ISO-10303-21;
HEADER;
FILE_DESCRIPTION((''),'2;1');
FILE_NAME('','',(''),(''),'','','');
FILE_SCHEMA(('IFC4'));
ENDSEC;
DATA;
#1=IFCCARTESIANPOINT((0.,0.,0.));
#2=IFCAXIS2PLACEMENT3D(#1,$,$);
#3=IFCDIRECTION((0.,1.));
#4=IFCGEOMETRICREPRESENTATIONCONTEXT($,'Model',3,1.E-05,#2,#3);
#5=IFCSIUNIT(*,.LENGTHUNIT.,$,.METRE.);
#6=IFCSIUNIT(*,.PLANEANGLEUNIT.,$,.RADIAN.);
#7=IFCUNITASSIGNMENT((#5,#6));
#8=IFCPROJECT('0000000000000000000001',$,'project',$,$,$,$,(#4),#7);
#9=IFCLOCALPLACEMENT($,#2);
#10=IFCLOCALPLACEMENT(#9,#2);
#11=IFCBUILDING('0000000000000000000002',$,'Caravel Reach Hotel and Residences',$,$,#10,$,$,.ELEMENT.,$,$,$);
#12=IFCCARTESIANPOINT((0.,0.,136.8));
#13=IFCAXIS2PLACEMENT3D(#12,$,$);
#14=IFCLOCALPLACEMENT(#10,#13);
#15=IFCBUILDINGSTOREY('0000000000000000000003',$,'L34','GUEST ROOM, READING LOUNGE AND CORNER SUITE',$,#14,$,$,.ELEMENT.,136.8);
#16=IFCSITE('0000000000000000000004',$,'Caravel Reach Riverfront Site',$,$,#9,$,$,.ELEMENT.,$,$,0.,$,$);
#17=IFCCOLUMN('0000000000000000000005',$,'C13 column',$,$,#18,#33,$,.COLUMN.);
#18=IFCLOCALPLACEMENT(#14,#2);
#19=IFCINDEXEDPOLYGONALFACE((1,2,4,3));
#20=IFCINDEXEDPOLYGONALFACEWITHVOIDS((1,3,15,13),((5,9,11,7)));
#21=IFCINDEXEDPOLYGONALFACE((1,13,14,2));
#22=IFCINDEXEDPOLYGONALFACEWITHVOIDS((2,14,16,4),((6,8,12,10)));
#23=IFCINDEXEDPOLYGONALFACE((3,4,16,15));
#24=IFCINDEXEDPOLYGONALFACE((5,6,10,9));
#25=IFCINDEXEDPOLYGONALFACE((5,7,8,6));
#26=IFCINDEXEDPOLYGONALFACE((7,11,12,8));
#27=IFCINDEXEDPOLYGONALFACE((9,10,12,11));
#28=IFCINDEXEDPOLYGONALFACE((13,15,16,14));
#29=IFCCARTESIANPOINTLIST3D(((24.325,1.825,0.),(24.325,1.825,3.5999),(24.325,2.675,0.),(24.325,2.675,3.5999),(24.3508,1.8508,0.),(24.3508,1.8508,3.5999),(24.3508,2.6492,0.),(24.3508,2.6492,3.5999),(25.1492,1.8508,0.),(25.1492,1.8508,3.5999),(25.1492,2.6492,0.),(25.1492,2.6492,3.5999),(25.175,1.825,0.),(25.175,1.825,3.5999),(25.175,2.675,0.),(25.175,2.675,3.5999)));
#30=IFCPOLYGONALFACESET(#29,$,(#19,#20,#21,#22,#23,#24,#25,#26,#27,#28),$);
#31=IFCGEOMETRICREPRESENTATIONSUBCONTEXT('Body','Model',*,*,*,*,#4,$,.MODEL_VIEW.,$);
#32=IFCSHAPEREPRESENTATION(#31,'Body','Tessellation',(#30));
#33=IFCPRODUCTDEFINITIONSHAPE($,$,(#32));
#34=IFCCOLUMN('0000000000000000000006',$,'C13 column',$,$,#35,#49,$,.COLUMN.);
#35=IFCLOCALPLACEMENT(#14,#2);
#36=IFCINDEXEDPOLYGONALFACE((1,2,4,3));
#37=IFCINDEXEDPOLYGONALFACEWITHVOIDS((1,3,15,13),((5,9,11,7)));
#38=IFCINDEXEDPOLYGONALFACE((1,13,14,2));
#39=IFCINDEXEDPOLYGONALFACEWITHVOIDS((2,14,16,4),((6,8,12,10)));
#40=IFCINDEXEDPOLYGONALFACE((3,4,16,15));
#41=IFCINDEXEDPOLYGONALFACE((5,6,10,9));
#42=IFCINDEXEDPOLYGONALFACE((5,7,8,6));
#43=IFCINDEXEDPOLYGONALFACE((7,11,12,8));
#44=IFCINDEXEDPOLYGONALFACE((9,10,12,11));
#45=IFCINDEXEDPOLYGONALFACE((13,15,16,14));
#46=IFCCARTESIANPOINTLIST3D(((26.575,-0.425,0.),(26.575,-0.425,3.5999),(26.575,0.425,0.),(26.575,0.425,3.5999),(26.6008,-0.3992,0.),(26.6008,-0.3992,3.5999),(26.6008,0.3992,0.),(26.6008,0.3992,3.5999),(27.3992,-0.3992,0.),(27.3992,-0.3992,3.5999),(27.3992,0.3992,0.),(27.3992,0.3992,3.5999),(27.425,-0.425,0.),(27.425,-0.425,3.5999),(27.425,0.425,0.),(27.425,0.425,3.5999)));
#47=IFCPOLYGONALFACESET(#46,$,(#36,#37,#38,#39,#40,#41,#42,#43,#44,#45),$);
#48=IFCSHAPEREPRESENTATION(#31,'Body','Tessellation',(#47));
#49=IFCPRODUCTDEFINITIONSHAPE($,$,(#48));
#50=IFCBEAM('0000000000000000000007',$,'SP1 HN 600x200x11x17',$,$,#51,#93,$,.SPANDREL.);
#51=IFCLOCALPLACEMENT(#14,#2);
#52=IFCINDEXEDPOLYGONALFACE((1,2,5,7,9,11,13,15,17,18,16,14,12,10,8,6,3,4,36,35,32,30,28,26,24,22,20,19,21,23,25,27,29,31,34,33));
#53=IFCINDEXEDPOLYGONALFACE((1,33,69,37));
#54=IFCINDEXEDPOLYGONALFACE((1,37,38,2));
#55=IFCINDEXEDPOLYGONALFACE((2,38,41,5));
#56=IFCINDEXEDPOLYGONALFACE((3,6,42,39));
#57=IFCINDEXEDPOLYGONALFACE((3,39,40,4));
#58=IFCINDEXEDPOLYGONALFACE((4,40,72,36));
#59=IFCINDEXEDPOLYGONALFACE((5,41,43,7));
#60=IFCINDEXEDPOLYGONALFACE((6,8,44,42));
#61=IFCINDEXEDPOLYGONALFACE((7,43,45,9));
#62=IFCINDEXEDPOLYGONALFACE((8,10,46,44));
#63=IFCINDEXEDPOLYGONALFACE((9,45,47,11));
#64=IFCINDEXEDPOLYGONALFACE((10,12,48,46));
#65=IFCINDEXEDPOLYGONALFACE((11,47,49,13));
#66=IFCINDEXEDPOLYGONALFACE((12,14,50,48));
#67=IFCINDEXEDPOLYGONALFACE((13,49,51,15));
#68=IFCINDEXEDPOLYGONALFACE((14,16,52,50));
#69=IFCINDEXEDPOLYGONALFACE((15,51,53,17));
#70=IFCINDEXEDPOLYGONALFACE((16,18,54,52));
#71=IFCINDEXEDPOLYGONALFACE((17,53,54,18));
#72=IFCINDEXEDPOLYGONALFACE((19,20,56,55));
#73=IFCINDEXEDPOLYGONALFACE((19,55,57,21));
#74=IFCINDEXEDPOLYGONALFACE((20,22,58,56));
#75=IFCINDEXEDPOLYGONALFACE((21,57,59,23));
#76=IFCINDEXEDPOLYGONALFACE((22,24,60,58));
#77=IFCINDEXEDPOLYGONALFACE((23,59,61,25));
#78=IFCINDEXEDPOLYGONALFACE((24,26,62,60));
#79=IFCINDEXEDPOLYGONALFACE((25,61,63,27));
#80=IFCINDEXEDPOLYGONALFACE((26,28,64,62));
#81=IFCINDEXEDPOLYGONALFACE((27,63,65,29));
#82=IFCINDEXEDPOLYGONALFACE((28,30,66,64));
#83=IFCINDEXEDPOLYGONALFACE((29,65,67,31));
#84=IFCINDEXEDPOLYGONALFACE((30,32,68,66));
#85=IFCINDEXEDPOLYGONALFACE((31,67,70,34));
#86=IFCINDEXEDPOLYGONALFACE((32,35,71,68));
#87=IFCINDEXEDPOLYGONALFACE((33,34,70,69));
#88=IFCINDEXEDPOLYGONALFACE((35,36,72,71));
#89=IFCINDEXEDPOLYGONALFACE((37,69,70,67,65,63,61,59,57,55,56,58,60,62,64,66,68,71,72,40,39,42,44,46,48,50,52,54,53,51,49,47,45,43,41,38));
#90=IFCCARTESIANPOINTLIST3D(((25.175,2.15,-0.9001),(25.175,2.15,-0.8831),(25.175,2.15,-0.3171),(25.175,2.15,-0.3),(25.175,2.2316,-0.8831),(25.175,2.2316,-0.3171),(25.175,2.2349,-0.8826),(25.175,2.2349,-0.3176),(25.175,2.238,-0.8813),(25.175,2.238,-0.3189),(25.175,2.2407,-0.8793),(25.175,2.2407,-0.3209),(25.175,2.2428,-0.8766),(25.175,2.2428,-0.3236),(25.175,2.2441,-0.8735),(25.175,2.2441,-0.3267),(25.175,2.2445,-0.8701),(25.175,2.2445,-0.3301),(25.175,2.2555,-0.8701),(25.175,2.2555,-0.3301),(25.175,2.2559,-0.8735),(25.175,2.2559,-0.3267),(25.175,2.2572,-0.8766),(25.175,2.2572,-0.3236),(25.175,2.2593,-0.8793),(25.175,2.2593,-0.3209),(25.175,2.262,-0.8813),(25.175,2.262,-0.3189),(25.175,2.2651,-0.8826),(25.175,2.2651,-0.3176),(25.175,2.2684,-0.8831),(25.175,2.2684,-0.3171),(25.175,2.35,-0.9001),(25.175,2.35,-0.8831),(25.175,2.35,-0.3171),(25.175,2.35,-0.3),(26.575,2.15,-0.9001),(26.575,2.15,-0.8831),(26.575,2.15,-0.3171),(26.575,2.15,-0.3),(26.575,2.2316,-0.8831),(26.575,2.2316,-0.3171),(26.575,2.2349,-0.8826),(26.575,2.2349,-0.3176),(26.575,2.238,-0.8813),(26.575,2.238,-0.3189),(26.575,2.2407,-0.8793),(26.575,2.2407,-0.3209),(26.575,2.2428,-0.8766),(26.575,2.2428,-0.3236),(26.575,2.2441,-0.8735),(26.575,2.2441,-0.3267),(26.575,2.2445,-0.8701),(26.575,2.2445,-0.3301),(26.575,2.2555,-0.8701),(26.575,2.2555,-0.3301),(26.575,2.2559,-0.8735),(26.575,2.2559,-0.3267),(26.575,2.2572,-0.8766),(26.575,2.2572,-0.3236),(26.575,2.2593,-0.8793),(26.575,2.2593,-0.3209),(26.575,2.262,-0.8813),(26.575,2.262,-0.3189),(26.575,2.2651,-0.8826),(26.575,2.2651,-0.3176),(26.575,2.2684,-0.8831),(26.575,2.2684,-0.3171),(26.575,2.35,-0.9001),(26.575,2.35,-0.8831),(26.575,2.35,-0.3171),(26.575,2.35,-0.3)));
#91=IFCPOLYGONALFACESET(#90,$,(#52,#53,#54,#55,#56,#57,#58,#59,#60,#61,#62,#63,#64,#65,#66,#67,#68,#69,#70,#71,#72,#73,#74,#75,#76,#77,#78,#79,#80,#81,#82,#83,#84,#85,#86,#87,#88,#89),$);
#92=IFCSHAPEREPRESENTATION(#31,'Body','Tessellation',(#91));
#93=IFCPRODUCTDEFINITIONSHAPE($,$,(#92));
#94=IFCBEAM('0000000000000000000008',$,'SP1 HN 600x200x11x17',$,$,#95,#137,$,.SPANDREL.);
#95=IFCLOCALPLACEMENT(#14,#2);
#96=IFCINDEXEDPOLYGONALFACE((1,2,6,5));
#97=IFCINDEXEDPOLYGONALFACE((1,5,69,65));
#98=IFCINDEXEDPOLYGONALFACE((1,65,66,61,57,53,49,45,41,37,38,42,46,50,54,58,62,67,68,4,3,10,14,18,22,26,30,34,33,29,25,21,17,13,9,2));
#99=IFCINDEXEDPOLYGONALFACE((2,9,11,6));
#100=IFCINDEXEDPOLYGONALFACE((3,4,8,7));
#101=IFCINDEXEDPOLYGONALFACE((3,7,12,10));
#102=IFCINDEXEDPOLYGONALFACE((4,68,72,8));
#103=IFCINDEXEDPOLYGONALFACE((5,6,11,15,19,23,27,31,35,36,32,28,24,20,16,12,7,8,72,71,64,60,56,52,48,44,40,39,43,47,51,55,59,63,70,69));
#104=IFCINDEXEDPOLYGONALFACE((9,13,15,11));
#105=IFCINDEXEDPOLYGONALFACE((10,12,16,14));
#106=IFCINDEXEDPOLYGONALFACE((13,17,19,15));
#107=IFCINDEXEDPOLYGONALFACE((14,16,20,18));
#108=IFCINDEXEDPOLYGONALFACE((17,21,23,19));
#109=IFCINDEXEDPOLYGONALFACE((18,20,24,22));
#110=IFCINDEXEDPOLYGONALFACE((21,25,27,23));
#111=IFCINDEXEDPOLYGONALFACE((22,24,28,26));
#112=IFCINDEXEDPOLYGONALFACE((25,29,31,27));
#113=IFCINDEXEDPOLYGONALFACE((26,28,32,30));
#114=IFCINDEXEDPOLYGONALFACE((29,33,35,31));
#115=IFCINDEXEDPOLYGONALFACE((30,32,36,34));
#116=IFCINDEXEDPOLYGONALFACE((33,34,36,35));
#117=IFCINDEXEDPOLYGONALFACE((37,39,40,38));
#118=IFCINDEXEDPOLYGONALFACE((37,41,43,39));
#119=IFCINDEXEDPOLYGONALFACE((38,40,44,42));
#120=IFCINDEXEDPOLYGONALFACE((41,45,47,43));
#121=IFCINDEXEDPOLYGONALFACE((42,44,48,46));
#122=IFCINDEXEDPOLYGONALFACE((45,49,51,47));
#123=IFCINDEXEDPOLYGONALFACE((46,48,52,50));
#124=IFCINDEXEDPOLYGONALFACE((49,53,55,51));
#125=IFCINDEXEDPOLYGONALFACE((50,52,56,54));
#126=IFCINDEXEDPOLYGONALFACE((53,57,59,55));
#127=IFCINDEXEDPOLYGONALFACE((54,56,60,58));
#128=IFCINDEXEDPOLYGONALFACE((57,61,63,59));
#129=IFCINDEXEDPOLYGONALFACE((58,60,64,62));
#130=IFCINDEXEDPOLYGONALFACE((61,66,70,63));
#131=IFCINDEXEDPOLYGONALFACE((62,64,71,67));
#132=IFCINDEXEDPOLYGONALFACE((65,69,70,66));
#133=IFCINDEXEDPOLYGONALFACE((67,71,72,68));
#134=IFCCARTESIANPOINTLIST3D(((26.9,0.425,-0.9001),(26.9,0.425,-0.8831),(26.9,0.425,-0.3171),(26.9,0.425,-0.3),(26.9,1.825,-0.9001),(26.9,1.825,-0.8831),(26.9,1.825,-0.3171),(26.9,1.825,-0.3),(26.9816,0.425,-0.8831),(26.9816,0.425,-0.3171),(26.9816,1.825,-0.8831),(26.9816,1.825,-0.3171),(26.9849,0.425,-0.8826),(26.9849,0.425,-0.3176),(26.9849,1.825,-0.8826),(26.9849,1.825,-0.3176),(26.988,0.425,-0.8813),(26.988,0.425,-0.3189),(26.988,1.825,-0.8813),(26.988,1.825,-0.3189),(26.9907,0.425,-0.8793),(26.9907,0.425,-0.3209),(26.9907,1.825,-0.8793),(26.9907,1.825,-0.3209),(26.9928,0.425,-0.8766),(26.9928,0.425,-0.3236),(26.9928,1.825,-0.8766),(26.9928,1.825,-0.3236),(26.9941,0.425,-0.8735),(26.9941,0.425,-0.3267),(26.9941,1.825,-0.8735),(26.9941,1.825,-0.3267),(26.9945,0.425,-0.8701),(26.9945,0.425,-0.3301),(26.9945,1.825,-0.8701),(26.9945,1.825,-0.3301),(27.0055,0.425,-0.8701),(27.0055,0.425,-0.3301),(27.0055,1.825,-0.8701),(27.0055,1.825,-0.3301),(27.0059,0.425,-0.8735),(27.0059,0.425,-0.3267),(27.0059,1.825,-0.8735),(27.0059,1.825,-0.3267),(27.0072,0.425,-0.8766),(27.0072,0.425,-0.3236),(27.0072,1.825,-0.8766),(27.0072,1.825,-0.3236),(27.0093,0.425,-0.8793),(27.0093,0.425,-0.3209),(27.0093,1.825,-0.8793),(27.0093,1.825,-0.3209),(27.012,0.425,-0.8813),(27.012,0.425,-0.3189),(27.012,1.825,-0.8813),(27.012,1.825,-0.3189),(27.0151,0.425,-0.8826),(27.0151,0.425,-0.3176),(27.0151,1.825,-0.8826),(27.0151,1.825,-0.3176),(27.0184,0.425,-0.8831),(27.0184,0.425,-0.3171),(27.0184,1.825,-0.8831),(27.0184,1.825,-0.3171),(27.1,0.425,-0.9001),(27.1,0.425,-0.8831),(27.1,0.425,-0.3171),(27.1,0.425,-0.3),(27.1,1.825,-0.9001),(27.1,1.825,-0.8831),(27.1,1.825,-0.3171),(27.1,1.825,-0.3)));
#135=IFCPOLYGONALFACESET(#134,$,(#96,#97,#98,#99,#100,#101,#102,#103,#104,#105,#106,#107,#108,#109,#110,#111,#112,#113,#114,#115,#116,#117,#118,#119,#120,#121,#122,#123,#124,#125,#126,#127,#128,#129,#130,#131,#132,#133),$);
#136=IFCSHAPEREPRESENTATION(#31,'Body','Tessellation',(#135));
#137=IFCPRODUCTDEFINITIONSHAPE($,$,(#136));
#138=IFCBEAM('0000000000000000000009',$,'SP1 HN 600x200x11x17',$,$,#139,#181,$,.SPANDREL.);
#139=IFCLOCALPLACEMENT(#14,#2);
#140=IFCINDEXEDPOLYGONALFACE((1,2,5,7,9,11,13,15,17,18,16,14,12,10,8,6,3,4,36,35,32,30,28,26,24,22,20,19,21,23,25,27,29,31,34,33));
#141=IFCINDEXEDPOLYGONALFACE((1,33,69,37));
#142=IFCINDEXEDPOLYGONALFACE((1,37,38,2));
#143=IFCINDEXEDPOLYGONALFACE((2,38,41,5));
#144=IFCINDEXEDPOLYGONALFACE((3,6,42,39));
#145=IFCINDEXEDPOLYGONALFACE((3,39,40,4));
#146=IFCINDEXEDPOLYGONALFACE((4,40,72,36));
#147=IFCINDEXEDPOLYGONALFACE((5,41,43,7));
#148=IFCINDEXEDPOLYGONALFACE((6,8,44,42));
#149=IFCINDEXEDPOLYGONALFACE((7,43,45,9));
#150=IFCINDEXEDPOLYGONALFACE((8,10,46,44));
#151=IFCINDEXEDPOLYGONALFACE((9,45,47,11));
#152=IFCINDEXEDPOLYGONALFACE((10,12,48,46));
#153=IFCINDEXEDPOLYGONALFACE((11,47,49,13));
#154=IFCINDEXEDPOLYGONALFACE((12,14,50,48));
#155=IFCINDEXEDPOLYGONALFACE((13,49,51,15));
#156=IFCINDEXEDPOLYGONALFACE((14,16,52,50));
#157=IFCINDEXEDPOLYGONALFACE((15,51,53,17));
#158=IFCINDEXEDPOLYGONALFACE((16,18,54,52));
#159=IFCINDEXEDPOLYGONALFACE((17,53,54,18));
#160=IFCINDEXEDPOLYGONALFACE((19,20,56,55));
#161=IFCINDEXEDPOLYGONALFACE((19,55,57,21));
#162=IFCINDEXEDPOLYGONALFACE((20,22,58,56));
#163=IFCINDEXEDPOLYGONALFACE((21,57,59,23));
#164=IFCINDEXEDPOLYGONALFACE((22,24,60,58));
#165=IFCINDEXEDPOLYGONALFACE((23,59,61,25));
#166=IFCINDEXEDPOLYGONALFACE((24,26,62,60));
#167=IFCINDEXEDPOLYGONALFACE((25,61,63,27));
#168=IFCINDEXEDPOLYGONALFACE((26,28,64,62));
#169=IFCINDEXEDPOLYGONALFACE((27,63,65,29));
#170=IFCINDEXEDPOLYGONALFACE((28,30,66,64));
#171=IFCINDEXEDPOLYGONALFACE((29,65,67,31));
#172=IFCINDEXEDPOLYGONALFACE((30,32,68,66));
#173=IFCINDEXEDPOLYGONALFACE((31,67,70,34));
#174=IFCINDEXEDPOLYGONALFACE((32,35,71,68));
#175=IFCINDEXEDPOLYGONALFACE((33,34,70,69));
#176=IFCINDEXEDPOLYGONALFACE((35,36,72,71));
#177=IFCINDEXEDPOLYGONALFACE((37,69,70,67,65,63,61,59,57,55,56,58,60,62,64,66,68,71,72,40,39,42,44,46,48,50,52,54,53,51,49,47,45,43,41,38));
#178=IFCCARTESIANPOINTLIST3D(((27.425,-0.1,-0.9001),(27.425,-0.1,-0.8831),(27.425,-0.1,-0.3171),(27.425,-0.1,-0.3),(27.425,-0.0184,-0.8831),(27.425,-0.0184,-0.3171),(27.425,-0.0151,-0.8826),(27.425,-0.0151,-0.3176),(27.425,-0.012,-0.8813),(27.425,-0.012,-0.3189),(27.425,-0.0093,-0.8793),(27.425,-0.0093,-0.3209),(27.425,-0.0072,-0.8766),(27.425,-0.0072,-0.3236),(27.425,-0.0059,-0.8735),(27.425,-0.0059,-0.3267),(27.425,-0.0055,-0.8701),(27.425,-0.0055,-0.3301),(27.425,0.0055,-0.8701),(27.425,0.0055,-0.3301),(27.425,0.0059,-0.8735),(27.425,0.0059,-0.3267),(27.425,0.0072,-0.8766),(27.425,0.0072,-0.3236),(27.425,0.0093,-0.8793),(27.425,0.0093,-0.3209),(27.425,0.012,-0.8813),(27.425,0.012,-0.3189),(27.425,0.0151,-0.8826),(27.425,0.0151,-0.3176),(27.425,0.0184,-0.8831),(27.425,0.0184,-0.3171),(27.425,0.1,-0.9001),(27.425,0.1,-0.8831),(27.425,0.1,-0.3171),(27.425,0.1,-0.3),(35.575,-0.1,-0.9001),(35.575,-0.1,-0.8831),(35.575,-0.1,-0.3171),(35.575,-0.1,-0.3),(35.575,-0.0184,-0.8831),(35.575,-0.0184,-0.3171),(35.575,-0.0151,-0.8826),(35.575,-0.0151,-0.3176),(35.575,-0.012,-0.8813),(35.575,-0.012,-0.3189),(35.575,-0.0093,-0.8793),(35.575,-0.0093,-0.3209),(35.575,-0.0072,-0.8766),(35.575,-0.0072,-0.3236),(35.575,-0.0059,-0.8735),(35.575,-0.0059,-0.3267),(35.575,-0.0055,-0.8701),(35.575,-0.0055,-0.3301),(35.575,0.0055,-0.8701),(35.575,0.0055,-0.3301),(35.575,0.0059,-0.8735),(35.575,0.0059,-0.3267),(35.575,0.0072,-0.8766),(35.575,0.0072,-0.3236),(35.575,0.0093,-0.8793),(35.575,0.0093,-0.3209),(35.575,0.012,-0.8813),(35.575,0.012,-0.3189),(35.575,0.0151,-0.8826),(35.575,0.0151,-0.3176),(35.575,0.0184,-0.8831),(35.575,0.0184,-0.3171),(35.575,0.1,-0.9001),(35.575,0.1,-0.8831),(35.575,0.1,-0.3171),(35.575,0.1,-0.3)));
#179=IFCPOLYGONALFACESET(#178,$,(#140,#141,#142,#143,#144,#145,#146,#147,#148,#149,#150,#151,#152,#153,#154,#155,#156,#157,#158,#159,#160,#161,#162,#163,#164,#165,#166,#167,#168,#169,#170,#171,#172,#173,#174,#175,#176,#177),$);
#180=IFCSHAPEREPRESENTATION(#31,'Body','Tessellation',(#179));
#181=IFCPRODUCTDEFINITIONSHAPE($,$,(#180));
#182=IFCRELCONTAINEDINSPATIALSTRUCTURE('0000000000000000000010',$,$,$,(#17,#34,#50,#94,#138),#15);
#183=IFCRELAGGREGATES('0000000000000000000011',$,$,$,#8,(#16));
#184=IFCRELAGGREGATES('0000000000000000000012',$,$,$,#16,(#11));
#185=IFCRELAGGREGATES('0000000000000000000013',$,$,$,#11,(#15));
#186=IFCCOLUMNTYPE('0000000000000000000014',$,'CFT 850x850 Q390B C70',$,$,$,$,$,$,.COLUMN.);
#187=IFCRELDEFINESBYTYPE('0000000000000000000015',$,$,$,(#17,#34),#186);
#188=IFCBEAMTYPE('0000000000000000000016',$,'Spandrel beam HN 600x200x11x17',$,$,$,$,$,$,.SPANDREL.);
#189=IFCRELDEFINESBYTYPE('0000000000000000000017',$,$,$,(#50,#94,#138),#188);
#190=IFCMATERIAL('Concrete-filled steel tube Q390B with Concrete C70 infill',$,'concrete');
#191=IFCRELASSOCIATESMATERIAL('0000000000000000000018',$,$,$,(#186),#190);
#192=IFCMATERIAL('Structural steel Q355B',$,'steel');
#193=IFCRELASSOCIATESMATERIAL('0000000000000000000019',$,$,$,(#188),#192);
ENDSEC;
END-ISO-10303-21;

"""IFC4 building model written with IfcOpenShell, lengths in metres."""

from ifc_helpers import new_model, si_unit, direction, frame, origin, origin_2d, place, context, subcontext, project, spatial, hollow_rectangle, i_section, extrude, material, material_profile, profile_set, type_object, element, save


model = new_model("IFC4")

# Units and contexts
model_context = context("Model", 3, precision=1e-05, world=origin(), true_north=direction((0.0, 1.0)))
body_context = subcontext(model_context, "Body", "Model", "MODEL_VIEW")
ifc_project = project(units=[si_unit("LENGTHUNIT", "METRE"), si_unit("PLANEANGLEUNIT", "RADIAN")], contexts=[model_context])

# Site, building, storey
site_placement = place(None, origin())
site = spatial("IfcSite", under=ifc_project, at=site_placement, Name="Caravel Reach Riverfront Site", CompositionType="ELEMENT", RefElevation=0.0)
building_placement = place(site_placement, origin())
building = spatial("IfcBuilding", under=site, at=building_placement, Name="Caravel Reach Hotel and Residences", CompositionType="ELEMENT")
storey_placement = place(building_placement, frame((0.0, 0.0, 136.8)))
storey = spatial("IfcBuildingStorey", under=building, at=storey_placement, Name="L34", Description="GUEST ROOM, READING LOUNGE AND CORNER SUITE", CompositionType="ELEMENT", Elevation=136.8)

# Columns
ifc_material_1 = material(Name="Concrete-filled steel tube Q390B with Concrete C70 infill", Category="concrete")
ifc_material_profile_1 = material_profile(ifc_material_1, hollow_rectangle(XDim=0.8501, YDim=0.8501, WallThickness=0.0259, at=origin_2d()), Name="RHS 850x850x26")
ifc_profile_set_1 = profile_set([ifc_material_profile_1], Name="Concrete-filled steel tube Q390B with Concrete C70 infill")
column_type = type_object("IfcColumnType", Name="CFT 850x850 Q390B C70", PredefinedType="COLUMN", material=ifc_profile_set_1)
for number, where, z_axis, x_axis, name in (
    (1, (24.75, 2.25, 0.0), (0.0, 0.0, 1.0), (1.0, 0.0, 0.0), "C13 column"),
    (2, (27.0, 0.0, 0.0), (0.0, 0.0, 1.0), (1.0, 0.0, 0.0), "C13 column"),
):
    element("IfcColumn", number, at=place(storey_placement, frame(where, z_axis=z_axis, x_axis=x_axis)), inside=storey, type_object=column_type, Name=name, PredefinedType="COLUMN", context=body_context, shape_type="SweptSolid", body=[
        extrude(hollow_rectangle(XDim=0.8501, YDim=0.8501, WallThickness=0.0259, at=origin_2d()), origin(), (0.0, 0.0, 1.0), 3.5999),
    ])

# Beams
ifc_material_2 = material(Name="Structural steel Q355B", Category="steel")
ifc_material_profile_2 = material_profile(ifc_material_2, i_section(OverallWidth=0.2, OverallDepth=0.6001, WebThickness=0.011, FlangeThickness=0.0171, FilletRadius=0.0129, at=origin_2d()), Name="HN 600x200x11x17")
ifc_profile_set_2 = profile_set([ifc_material_profile_2], Name="Structural steel Q355B")
beam_type = type_object("IfcBeamType", Name="Spandrel beam HN 600x200x11x17", PredefinedType="SPANDREL", material=ifc_profile_set_2)
for number, where, z_axis, x_axis, name in (
    (3, (25.175, 2.25, -0.6001), (1.0, 0.0, 0.0), (0.0, 1.0, 0.0), "SP1 HN 600x200x11x17"),
    (4, (27.0, 1.825, -0.6001), (0.0, -1.0, 0.0), (1.0, 0.0, 0.0), "SP1 HN 600x200x11x17"),
):
    element("IfcBeam", number, at=place(storey_placement, frame(where, z_axis=z_axis, x_axis=x_axis)), inside=storey, type_object=beam_type, Name=name, PredefinedType="SPANDREL", context=body_context, shape_type="SweptSolid", body=[
        extrude(i_section(OverallWidth=0.2, OverallDepth=0.6001, WebThickness=0.011, FlangeThickness=0.0171, FilletRadius=0.0129, at=origin_2d()), origin(), (0.0, 0.0, 1.0), 1.3999),
    ])
beam_placement = place(storey_placement, frame((27.425, 0.0, -0.6001), z_axis=(1.0, 0.0, 0.0), x_axis=(0.0, 1.0, 0.0)))
element("IfcBeam", 5, at=beam_placement, inside=storey, type_object=beam_type, Name="SP1 HN 600x200x11x17", PredefinedType="SPANDREL", context=body_context, shape_type="SweptSolid", body=[
    extrude(i_section(OverallWidth=0.2, OverallDepth=0.6001, WebThickness=0.011, FlangeThickness=0.0171, FilletRadius=0.0129, at=origin_2d()), origin(), (0.0, 0.0, 1.0), 8.1499),
])

save(model, "model.ifc")
